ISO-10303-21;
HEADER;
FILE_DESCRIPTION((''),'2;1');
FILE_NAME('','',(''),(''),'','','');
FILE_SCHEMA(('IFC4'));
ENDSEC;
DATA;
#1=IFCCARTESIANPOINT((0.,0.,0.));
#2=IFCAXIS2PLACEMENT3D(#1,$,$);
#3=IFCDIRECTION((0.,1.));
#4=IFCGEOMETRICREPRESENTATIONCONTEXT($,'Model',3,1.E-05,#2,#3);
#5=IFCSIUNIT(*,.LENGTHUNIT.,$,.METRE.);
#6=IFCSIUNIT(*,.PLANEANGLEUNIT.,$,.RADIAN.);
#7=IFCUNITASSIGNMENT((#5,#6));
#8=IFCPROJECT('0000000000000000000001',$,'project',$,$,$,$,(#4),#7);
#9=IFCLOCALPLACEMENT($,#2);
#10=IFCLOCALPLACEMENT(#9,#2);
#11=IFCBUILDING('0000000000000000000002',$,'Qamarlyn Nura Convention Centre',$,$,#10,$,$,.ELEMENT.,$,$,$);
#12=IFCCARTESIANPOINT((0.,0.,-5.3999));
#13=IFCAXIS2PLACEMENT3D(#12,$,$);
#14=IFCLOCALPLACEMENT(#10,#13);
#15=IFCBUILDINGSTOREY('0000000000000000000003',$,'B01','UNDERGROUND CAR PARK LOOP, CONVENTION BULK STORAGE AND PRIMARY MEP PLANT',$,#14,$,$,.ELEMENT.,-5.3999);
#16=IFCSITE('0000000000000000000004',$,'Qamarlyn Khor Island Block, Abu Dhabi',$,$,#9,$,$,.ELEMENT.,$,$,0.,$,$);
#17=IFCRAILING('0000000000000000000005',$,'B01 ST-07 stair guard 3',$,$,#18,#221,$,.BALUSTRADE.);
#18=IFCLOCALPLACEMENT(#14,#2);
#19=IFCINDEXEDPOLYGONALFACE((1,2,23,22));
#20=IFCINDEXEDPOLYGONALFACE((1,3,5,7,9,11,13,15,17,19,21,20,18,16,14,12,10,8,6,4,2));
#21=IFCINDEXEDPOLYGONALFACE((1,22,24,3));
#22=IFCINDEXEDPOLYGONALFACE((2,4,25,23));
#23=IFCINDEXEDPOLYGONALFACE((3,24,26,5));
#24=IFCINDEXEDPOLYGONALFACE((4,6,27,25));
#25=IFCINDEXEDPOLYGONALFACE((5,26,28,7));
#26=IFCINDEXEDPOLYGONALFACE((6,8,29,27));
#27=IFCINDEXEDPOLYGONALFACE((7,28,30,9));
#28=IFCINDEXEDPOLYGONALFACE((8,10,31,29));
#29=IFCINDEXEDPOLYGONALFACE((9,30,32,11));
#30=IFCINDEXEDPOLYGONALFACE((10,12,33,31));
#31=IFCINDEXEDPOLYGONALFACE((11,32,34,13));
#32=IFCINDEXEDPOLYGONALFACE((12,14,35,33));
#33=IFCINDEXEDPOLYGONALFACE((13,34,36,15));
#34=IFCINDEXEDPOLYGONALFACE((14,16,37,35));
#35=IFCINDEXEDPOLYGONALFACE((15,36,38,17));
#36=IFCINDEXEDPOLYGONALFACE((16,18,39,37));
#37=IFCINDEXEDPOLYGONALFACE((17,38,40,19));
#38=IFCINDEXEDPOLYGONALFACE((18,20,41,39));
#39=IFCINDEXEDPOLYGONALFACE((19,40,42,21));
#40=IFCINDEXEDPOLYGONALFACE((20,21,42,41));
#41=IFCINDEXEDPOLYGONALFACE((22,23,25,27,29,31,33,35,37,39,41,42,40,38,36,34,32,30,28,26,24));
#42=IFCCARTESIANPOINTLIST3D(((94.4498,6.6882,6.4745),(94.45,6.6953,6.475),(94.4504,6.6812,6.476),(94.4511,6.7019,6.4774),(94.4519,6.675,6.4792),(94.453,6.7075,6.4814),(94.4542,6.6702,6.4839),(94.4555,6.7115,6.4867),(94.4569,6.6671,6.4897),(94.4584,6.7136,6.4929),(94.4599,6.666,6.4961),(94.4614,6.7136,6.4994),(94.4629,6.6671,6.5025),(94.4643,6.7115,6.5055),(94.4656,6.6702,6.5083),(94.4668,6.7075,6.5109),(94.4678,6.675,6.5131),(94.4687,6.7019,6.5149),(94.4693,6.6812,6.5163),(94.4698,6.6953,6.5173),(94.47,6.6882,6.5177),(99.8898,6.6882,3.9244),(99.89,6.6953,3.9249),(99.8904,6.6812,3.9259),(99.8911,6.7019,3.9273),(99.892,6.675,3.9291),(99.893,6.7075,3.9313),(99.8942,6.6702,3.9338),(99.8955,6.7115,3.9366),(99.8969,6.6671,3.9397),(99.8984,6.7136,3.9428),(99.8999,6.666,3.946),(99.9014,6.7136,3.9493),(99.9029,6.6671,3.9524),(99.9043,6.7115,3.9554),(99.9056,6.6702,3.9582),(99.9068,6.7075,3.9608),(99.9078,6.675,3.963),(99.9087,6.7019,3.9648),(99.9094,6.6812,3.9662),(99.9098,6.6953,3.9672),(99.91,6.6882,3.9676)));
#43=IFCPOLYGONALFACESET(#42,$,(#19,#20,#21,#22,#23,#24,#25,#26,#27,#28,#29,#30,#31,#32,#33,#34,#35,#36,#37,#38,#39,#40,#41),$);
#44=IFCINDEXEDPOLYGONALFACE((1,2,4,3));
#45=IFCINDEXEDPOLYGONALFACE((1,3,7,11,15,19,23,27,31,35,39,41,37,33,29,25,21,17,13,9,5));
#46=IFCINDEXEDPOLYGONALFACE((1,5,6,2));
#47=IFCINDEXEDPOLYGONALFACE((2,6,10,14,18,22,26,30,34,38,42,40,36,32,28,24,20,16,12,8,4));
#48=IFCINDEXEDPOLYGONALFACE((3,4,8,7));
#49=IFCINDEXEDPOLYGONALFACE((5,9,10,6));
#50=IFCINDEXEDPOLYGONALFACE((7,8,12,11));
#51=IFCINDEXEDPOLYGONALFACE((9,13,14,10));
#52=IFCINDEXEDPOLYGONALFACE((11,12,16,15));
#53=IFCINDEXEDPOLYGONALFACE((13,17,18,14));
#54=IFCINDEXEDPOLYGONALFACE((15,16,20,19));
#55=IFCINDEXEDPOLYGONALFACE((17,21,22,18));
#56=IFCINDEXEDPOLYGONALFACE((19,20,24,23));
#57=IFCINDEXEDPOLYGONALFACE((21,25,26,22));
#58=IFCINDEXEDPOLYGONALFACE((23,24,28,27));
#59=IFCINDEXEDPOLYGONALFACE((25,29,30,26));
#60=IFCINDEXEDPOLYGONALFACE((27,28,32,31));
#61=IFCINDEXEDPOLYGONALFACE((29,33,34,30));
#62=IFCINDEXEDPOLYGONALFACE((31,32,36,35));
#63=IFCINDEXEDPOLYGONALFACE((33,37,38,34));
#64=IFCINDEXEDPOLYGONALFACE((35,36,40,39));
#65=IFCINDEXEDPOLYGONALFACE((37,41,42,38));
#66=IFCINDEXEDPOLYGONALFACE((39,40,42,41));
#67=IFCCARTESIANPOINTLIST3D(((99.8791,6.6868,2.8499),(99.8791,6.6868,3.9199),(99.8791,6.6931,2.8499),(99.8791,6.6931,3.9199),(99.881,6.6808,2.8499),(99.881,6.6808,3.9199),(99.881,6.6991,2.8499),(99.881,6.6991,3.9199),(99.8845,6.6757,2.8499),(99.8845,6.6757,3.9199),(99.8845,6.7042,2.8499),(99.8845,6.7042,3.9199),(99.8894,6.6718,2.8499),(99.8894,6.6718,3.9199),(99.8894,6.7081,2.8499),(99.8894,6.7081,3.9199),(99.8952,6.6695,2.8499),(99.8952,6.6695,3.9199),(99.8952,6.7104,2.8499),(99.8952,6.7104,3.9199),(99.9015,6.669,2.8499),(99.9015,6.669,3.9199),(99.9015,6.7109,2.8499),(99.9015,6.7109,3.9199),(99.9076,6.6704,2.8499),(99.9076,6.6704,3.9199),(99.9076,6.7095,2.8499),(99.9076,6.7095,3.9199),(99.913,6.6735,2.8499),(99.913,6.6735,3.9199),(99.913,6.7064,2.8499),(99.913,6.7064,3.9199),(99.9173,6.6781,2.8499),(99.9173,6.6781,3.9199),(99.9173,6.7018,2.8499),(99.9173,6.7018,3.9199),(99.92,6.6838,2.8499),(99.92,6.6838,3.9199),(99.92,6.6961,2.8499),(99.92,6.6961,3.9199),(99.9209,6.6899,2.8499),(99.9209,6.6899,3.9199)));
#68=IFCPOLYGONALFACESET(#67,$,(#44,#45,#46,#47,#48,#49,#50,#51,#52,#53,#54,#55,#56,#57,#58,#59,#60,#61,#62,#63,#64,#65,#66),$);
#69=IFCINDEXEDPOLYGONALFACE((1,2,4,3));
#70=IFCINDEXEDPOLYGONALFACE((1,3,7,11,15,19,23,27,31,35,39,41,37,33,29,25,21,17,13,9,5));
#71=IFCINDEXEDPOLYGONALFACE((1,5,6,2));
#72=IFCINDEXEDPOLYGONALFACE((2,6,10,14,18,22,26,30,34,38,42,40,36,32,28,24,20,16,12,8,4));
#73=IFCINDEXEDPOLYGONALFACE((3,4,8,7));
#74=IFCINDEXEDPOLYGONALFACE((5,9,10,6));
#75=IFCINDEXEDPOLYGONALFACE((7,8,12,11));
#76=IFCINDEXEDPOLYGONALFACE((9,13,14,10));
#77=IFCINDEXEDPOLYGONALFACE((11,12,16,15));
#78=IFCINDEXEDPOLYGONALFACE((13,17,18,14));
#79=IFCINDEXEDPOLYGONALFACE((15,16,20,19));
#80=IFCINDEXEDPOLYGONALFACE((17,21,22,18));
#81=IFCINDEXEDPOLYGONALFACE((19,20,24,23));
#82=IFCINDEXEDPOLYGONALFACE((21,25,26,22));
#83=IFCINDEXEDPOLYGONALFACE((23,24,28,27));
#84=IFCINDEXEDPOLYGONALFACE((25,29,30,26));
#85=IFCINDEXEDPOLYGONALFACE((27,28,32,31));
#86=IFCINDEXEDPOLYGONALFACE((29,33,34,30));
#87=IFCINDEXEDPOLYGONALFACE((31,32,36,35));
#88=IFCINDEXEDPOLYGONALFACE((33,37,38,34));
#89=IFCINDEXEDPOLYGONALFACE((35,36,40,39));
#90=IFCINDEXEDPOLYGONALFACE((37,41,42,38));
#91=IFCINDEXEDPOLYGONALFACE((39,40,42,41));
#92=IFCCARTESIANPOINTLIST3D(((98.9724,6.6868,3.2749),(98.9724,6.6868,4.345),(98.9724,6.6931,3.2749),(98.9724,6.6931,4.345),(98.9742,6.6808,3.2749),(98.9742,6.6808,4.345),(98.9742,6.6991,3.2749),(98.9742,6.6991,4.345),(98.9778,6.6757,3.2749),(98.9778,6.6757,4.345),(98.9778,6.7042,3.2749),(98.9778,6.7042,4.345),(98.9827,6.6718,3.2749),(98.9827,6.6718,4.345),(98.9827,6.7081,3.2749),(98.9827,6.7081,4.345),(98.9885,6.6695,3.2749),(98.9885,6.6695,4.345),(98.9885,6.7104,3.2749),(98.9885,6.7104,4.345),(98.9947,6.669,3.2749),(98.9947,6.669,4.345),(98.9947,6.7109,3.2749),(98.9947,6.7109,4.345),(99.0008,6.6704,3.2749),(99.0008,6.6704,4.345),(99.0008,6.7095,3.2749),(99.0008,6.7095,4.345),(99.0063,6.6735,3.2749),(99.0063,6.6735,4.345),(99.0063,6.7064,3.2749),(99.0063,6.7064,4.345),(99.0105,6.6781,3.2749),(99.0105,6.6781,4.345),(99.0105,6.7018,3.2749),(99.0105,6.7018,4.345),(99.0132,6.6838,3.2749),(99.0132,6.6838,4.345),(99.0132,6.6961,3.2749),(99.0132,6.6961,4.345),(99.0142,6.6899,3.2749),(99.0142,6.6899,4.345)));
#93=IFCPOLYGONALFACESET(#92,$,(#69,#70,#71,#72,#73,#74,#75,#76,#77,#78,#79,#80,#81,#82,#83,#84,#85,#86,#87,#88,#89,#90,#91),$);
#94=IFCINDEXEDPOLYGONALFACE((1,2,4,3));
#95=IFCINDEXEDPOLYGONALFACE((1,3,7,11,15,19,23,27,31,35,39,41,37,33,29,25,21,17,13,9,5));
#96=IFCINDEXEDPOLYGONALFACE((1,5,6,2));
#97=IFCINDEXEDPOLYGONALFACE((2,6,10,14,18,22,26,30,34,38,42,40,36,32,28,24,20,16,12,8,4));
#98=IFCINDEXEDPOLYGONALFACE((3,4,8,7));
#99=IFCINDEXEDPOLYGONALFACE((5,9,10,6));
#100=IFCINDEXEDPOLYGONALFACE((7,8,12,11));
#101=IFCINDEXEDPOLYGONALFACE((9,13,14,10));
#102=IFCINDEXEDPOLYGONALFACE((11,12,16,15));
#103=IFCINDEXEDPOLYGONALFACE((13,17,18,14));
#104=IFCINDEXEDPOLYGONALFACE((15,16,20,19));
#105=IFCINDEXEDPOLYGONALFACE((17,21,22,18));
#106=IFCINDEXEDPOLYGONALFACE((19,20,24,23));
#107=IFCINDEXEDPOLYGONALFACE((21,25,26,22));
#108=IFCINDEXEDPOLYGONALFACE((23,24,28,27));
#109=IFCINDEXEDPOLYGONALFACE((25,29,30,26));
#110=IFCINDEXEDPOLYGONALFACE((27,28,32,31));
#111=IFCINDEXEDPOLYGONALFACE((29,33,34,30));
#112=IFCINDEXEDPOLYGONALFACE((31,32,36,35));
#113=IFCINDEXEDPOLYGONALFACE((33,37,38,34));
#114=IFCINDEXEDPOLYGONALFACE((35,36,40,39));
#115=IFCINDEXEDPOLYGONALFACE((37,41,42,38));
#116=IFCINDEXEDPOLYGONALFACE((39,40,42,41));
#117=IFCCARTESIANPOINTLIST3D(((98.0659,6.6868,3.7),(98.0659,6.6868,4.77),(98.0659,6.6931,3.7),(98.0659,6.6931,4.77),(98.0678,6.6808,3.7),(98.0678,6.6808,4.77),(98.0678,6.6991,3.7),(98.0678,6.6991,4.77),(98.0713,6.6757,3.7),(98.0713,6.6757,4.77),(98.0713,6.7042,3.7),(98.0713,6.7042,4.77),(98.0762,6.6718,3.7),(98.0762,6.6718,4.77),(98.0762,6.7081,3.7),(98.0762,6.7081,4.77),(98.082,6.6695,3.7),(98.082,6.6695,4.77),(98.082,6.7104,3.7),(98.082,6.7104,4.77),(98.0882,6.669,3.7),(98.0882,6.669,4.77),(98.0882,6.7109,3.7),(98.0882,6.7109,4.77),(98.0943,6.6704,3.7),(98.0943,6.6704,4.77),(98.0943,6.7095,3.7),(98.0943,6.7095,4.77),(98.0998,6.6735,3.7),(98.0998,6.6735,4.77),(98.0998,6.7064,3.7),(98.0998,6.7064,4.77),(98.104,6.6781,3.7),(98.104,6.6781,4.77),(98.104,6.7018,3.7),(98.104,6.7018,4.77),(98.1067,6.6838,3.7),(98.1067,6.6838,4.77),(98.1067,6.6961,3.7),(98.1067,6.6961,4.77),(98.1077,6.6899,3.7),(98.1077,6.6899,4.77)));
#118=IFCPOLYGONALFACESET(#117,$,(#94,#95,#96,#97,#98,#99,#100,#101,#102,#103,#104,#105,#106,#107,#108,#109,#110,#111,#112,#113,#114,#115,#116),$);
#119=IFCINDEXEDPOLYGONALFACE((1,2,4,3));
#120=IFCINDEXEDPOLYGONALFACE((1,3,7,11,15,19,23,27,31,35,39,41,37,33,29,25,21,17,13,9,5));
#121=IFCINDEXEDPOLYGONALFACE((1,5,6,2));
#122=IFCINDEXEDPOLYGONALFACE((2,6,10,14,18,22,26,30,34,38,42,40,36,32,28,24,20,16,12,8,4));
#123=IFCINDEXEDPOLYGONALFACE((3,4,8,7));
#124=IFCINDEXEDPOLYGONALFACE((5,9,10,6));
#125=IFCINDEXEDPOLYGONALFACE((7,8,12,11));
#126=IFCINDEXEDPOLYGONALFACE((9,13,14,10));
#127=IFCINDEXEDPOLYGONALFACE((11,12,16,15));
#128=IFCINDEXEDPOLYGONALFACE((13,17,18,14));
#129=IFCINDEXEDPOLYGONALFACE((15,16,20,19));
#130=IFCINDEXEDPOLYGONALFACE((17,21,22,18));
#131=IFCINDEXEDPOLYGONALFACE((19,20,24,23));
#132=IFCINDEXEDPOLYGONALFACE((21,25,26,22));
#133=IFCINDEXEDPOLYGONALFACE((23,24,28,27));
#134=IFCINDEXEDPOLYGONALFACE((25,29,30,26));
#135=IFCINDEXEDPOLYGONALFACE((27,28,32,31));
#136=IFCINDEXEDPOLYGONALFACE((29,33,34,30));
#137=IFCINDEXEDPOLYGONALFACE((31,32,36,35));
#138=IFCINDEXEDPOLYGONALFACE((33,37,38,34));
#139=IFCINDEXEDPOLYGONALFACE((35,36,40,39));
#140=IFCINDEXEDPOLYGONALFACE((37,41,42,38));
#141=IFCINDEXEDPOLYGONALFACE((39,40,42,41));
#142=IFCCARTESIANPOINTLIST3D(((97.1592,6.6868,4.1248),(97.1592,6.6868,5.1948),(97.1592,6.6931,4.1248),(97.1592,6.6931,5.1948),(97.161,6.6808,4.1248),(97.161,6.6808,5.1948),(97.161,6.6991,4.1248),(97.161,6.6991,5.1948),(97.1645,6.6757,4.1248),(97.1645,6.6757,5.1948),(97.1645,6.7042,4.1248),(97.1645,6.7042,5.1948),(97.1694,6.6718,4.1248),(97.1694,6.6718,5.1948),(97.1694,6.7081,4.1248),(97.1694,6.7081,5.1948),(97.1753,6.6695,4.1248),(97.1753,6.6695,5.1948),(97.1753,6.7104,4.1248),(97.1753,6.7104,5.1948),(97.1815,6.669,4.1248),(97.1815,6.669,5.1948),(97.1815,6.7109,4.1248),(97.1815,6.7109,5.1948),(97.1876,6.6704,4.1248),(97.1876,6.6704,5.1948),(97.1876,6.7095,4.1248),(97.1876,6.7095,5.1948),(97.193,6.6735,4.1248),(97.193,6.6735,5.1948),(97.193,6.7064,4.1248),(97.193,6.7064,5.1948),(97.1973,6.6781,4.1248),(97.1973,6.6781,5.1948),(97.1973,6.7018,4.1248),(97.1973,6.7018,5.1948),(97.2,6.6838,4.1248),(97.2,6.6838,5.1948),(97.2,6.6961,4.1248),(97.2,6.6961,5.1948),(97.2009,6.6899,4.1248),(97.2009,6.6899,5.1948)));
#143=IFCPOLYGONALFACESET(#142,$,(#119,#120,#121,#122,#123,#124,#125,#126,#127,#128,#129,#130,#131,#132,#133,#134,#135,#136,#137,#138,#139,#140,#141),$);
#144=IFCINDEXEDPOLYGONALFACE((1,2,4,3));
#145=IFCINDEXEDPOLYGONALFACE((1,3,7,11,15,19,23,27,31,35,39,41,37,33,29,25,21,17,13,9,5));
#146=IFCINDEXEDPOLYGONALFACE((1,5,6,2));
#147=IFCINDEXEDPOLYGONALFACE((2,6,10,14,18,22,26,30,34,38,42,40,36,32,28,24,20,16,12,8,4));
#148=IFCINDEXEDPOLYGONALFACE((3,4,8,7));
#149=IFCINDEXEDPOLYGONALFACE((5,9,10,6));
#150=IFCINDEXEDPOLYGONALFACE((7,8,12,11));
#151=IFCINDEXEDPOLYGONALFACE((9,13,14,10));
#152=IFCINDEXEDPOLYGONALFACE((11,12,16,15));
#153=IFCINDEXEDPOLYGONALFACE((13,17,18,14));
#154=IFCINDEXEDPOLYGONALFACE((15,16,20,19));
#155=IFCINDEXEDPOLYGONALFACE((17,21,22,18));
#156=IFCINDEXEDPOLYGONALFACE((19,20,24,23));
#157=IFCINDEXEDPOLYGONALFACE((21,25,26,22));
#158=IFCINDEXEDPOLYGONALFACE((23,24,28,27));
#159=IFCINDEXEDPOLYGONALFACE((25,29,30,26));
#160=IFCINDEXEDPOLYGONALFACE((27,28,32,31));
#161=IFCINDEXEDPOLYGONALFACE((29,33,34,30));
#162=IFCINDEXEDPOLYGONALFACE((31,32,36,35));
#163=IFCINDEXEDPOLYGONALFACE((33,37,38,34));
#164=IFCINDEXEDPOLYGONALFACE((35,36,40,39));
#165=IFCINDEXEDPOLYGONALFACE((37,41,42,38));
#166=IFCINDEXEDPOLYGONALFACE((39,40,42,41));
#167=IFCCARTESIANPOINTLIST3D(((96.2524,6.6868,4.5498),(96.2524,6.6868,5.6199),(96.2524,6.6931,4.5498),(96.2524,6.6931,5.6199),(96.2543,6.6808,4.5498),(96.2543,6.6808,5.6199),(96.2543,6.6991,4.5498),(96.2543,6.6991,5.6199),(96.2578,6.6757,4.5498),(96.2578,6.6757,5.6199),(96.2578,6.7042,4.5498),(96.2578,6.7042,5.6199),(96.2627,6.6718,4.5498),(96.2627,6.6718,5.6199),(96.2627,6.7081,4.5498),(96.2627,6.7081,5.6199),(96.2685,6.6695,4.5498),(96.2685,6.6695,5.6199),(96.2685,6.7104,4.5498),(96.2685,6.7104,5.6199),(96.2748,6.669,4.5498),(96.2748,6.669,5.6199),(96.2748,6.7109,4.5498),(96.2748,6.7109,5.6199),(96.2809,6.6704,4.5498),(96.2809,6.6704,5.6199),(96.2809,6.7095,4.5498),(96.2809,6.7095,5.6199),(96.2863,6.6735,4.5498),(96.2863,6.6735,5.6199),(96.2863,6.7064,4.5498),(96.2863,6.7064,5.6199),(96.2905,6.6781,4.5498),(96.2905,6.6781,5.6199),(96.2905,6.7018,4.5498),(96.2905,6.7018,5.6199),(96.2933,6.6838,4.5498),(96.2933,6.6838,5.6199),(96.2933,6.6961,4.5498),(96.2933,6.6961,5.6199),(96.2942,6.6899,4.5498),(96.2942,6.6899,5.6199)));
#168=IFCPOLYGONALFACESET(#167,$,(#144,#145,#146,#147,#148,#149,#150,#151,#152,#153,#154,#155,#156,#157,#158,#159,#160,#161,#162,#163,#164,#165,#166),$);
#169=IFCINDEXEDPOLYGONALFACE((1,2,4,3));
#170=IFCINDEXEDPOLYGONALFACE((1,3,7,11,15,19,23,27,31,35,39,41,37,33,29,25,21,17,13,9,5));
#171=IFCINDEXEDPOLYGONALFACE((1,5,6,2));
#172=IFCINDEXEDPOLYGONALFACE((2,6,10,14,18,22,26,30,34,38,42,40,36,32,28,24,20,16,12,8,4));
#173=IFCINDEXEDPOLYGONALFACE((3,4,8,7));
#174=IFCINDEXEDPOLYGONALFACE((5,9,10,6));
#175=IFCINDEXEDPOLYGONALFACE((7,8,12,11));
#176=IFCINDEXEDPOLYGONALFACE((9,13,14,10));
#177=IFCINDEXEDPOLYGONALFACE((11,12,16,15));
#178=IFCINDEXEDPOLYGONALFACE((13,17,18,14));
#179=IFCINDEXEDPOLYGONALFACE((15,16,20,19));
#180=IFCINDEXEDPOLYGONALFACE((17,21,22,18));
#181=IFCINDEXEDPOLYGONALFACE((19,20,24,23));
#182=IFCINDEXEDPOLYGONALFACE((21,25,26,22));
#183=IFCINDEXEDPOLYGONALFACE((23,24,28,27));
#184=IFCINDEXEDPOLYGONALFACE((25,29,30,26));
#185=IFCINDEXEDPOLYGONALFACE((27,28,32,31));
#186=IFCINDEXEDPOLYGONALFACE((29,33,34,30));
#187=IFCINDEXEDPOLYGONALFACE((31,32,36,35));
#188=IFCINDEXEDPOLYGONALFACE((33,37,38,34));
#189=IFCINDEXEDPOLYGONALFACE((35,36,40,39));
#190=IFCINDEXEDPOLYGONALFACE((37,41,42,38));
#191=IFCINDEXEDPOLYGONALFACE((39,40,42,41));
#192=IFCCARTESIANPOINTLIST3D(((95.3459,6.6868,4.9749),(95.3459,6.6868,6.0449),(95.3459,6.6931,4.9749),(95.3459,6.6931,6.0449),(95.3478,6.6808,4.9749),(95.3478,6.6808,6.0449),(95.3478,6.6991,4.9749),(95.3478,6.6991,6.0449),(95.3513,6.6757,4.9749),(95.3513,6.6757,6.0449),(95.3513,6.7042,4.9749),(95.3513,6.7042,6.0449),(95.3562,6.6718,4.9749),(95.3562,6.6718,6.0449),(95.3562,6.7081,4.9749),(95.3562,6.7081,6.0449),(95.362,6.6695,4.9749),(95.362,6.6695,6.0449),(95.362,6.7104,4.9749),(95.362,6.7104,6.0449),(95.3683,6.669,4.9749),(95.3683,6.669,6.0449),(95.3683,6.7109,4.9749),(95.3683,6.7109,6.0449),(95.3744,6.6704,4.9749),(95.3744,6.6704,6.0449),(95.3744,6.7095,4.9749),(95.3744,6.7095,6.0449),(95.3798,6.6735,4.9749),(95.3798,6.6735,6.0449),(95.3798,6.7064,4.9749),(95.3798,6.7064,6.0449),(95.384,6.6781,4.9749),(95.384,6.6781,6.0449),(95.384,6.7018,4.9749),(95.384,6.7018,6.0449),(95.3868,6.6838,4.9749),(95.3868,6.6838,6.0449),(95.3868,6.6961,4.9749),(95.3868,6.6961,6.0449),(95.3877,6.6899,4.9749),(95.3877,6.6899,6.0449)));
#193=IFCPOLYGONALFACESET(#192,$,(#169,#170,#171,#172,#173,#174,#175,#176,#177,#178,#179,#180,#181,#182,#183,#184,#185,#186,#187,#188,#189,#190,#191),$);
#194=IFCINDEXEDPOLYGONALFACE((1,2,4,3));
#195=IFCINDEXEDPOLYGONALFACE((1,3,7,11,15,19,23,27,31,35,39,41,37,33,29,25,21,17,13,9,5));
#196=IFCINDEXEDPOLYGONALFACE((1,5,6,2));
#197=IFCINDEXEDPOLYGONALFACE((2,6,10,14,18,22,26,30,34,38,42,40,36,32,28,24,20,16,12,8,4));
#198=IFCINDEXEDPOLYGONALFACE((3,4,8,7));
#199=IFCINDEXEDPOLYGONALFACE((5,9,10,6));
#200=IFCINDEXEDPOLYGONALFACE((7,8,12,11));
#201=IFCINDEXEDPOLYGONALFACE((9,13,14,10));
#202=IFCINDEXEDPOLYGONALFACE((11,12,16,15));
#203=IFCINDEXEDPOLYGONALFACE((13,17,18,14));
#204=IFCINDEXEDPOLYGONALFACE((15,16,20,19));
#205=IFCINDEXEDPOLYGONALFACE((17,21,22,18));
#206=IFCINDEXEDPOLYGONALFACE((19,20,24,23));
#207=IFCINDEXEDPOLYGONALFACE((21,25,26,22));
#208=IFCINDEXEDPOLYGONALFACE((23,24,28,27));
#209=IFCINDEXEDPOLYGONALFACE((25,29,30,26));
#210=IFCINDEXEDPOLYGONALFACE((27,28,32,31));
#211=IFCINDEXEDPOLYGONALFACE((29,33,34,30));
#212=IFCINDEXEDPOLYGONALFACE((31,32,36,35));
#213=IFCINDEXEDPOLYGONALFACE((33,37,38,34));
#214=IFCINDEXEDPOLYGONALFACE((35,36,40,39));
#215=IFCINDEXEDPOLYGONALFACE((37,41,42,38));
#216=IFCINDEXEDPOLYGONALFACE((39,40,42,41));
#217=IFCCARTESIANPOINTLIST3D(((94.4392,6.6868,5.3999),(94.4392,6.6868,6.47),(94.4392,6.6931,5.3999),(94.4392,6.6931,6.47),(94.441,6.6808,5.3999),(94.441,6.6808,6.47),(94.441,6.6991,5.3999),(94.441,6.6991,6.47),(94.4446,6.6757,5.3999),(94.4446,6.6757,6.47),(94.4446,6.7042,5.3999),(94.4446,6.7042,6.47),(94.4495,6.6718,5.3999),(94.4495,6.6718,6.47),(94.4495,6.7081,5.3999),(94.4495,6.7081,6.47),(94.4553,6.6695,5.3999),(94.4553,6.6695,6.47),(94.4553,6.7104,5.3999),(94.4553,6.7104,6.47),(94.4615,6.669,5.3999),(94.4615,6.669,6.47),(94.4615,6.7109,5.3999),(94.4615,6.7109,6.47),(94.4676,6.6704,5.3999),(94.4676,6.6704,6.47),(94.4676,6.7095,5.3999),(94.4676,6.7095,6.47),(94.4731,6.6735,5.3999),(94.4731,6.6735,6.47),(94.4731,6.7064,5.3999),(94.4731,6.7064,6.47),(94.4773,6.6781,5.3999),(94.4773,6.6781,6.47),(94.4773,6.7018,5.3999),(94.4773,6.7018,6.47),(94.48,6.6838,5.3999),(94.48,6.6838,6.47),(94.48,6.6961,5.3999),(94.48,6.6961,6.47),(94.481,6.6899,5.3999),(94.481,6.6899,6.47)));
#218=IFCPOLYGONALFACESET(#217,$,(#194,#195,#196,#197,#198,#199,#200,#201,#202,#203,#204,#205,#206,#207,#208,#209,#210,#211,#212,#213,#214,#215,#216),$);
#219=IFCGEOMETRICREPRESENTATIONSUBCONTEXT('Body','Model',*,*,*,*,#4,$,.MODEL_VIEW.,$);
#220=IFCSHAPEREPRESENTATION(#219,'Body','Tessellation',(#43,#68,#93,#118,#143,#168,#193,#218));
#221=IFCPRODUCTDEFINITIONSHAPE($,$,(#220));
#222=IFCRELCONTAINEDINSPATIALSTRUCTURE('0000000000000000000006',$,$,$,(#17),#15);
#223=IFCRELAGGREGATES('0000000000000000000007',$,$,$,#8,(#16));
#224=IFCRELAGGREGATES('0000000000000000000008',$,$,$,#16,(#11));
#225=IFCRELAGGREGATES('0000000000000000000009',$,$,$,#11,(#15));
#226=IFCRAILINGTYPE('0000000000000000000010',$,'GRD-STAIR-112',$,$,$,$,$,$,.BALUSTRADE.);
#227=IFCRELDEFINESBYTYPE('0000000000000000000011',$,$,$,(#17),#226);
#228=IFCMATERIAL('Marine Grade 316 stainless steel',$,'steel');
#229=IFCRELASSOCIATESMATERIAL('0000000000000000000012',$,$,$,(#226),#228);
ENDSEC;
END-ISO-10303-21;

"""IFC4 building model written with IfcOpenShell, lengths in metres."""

from ifc_helpers import new_model, si_unit, direction, frame, origin, origin_2d, place, context, subcontext, project, spatial, circle, extrude, material, type_object, element, save


model = new_model("IFC4")

# Units and contexts
model_context = context("Model", 3, precision=1e-05, world=origin(), true_north=direction((0.0, 1.0)))
body_context = subcontext(model_context, "Body", "Model", "MODEL_VIEW")
ifc_project = project(units=[si_unit("LENGTHUNIT", "METRE"), si_unit("PLANEANGLEUNIT", "RADIAN")], contexts=[model_context])

# Site, building, storey
site_placement = place(None, origin())
site = spatial("IfcSite", under=ifc_project, at=site_placement, Name="Qamarlyn Khor Island Block, Abu Dhabi", CompositionType="ELEMENT", RefElevation=0.0)
building_placement = place(site_placement, origin())
building = spatial("IfcBuilding", under=site, at=building_placement, Name="Qamarlyn Nura Convention Centre", CompositionType="ELEMENT")
storey_placement = place(building_placement, frame((0.0, 0.0, -5.3999)))
storey = spatial("IfcBuildingStorey", under=building, at=storey_placement, Name="B01", Description="UNDERGROUND CAR PARK LOOP, CONVENTION BULK STORAGE AND PRIMARY MEP PLANT", CompositionType="ELEMENT", Elevation=-5.3999)

# Railing
ifc_material_1 = material(Name="Marine Grade 316 stainless steel", Category="steel")
railing_type_1 = type_object("IfcRailingType", Name="GRD-STAIR-112", PredefinedType="BALUSTRADE", material=ifc_material_1)
railing_1_placement = place(storey_placement, frame((99.8999, 6.6899, 2.8499)))
element("IfcRailing", 1, at=railing_1_placement, inside=storey, type_object=railing_type_1, Name="B01 ST-07 stair guard 3", PredefinedType="BALUSTRADE", context=body_context, shape_type="SweptSolid", body=[
    extrude(circle(Radius=0.0239, at=origin_2d()), frame((0.0, 0.0, 1.0962), z_axis=(-0.905454, 0.0, 0.424444), x_axis=(0.0, -1.0, 0.0)), (0.0, 0.0, 1.0), 6.0081),
    extrude(circle(Radius=0.021, at=origin_2d()), origin(), (0.0, 0.0, 1.0), 1.0701),
    extrude(circle(Radius=0.021, at=origin_2d()), frame((-0.9067, 0.0, 0.425)), (0.0, 0.0, 1.0), 1.0701),
    extrude(circle(Radius=0.021, at=origin_2d()), frame((-1.8132, 0.0, 0.8501)), (0.0, 0.0, 1.0), 1.0701),
    extrude(circle(Radius=0.021, at=origin_2d()), frame((-2.72, 0.0, 1.2749)), (0.0, 0.0, 1.0), 1.0701),
    extrude(circle(Radius=0.021, at=origin_2d()), frame((-3.6267, 0.0, 1.7)), (0.0, 0.0, 1.0), 1.0701),
    extrude(circle(Radius=0.021, at=origin_2d()), frame((-4.5332, 0.0, 2.125)), (0.0, 0.0, 1.0), 1.0701),
    extrude(circle(Radius=0.021, at=origin_2d()), frame((-5.4399, 0.0, 2.55)), (0.0, 0.0, 1.0), 1.0701),
])

save(model, "model.ifc")
